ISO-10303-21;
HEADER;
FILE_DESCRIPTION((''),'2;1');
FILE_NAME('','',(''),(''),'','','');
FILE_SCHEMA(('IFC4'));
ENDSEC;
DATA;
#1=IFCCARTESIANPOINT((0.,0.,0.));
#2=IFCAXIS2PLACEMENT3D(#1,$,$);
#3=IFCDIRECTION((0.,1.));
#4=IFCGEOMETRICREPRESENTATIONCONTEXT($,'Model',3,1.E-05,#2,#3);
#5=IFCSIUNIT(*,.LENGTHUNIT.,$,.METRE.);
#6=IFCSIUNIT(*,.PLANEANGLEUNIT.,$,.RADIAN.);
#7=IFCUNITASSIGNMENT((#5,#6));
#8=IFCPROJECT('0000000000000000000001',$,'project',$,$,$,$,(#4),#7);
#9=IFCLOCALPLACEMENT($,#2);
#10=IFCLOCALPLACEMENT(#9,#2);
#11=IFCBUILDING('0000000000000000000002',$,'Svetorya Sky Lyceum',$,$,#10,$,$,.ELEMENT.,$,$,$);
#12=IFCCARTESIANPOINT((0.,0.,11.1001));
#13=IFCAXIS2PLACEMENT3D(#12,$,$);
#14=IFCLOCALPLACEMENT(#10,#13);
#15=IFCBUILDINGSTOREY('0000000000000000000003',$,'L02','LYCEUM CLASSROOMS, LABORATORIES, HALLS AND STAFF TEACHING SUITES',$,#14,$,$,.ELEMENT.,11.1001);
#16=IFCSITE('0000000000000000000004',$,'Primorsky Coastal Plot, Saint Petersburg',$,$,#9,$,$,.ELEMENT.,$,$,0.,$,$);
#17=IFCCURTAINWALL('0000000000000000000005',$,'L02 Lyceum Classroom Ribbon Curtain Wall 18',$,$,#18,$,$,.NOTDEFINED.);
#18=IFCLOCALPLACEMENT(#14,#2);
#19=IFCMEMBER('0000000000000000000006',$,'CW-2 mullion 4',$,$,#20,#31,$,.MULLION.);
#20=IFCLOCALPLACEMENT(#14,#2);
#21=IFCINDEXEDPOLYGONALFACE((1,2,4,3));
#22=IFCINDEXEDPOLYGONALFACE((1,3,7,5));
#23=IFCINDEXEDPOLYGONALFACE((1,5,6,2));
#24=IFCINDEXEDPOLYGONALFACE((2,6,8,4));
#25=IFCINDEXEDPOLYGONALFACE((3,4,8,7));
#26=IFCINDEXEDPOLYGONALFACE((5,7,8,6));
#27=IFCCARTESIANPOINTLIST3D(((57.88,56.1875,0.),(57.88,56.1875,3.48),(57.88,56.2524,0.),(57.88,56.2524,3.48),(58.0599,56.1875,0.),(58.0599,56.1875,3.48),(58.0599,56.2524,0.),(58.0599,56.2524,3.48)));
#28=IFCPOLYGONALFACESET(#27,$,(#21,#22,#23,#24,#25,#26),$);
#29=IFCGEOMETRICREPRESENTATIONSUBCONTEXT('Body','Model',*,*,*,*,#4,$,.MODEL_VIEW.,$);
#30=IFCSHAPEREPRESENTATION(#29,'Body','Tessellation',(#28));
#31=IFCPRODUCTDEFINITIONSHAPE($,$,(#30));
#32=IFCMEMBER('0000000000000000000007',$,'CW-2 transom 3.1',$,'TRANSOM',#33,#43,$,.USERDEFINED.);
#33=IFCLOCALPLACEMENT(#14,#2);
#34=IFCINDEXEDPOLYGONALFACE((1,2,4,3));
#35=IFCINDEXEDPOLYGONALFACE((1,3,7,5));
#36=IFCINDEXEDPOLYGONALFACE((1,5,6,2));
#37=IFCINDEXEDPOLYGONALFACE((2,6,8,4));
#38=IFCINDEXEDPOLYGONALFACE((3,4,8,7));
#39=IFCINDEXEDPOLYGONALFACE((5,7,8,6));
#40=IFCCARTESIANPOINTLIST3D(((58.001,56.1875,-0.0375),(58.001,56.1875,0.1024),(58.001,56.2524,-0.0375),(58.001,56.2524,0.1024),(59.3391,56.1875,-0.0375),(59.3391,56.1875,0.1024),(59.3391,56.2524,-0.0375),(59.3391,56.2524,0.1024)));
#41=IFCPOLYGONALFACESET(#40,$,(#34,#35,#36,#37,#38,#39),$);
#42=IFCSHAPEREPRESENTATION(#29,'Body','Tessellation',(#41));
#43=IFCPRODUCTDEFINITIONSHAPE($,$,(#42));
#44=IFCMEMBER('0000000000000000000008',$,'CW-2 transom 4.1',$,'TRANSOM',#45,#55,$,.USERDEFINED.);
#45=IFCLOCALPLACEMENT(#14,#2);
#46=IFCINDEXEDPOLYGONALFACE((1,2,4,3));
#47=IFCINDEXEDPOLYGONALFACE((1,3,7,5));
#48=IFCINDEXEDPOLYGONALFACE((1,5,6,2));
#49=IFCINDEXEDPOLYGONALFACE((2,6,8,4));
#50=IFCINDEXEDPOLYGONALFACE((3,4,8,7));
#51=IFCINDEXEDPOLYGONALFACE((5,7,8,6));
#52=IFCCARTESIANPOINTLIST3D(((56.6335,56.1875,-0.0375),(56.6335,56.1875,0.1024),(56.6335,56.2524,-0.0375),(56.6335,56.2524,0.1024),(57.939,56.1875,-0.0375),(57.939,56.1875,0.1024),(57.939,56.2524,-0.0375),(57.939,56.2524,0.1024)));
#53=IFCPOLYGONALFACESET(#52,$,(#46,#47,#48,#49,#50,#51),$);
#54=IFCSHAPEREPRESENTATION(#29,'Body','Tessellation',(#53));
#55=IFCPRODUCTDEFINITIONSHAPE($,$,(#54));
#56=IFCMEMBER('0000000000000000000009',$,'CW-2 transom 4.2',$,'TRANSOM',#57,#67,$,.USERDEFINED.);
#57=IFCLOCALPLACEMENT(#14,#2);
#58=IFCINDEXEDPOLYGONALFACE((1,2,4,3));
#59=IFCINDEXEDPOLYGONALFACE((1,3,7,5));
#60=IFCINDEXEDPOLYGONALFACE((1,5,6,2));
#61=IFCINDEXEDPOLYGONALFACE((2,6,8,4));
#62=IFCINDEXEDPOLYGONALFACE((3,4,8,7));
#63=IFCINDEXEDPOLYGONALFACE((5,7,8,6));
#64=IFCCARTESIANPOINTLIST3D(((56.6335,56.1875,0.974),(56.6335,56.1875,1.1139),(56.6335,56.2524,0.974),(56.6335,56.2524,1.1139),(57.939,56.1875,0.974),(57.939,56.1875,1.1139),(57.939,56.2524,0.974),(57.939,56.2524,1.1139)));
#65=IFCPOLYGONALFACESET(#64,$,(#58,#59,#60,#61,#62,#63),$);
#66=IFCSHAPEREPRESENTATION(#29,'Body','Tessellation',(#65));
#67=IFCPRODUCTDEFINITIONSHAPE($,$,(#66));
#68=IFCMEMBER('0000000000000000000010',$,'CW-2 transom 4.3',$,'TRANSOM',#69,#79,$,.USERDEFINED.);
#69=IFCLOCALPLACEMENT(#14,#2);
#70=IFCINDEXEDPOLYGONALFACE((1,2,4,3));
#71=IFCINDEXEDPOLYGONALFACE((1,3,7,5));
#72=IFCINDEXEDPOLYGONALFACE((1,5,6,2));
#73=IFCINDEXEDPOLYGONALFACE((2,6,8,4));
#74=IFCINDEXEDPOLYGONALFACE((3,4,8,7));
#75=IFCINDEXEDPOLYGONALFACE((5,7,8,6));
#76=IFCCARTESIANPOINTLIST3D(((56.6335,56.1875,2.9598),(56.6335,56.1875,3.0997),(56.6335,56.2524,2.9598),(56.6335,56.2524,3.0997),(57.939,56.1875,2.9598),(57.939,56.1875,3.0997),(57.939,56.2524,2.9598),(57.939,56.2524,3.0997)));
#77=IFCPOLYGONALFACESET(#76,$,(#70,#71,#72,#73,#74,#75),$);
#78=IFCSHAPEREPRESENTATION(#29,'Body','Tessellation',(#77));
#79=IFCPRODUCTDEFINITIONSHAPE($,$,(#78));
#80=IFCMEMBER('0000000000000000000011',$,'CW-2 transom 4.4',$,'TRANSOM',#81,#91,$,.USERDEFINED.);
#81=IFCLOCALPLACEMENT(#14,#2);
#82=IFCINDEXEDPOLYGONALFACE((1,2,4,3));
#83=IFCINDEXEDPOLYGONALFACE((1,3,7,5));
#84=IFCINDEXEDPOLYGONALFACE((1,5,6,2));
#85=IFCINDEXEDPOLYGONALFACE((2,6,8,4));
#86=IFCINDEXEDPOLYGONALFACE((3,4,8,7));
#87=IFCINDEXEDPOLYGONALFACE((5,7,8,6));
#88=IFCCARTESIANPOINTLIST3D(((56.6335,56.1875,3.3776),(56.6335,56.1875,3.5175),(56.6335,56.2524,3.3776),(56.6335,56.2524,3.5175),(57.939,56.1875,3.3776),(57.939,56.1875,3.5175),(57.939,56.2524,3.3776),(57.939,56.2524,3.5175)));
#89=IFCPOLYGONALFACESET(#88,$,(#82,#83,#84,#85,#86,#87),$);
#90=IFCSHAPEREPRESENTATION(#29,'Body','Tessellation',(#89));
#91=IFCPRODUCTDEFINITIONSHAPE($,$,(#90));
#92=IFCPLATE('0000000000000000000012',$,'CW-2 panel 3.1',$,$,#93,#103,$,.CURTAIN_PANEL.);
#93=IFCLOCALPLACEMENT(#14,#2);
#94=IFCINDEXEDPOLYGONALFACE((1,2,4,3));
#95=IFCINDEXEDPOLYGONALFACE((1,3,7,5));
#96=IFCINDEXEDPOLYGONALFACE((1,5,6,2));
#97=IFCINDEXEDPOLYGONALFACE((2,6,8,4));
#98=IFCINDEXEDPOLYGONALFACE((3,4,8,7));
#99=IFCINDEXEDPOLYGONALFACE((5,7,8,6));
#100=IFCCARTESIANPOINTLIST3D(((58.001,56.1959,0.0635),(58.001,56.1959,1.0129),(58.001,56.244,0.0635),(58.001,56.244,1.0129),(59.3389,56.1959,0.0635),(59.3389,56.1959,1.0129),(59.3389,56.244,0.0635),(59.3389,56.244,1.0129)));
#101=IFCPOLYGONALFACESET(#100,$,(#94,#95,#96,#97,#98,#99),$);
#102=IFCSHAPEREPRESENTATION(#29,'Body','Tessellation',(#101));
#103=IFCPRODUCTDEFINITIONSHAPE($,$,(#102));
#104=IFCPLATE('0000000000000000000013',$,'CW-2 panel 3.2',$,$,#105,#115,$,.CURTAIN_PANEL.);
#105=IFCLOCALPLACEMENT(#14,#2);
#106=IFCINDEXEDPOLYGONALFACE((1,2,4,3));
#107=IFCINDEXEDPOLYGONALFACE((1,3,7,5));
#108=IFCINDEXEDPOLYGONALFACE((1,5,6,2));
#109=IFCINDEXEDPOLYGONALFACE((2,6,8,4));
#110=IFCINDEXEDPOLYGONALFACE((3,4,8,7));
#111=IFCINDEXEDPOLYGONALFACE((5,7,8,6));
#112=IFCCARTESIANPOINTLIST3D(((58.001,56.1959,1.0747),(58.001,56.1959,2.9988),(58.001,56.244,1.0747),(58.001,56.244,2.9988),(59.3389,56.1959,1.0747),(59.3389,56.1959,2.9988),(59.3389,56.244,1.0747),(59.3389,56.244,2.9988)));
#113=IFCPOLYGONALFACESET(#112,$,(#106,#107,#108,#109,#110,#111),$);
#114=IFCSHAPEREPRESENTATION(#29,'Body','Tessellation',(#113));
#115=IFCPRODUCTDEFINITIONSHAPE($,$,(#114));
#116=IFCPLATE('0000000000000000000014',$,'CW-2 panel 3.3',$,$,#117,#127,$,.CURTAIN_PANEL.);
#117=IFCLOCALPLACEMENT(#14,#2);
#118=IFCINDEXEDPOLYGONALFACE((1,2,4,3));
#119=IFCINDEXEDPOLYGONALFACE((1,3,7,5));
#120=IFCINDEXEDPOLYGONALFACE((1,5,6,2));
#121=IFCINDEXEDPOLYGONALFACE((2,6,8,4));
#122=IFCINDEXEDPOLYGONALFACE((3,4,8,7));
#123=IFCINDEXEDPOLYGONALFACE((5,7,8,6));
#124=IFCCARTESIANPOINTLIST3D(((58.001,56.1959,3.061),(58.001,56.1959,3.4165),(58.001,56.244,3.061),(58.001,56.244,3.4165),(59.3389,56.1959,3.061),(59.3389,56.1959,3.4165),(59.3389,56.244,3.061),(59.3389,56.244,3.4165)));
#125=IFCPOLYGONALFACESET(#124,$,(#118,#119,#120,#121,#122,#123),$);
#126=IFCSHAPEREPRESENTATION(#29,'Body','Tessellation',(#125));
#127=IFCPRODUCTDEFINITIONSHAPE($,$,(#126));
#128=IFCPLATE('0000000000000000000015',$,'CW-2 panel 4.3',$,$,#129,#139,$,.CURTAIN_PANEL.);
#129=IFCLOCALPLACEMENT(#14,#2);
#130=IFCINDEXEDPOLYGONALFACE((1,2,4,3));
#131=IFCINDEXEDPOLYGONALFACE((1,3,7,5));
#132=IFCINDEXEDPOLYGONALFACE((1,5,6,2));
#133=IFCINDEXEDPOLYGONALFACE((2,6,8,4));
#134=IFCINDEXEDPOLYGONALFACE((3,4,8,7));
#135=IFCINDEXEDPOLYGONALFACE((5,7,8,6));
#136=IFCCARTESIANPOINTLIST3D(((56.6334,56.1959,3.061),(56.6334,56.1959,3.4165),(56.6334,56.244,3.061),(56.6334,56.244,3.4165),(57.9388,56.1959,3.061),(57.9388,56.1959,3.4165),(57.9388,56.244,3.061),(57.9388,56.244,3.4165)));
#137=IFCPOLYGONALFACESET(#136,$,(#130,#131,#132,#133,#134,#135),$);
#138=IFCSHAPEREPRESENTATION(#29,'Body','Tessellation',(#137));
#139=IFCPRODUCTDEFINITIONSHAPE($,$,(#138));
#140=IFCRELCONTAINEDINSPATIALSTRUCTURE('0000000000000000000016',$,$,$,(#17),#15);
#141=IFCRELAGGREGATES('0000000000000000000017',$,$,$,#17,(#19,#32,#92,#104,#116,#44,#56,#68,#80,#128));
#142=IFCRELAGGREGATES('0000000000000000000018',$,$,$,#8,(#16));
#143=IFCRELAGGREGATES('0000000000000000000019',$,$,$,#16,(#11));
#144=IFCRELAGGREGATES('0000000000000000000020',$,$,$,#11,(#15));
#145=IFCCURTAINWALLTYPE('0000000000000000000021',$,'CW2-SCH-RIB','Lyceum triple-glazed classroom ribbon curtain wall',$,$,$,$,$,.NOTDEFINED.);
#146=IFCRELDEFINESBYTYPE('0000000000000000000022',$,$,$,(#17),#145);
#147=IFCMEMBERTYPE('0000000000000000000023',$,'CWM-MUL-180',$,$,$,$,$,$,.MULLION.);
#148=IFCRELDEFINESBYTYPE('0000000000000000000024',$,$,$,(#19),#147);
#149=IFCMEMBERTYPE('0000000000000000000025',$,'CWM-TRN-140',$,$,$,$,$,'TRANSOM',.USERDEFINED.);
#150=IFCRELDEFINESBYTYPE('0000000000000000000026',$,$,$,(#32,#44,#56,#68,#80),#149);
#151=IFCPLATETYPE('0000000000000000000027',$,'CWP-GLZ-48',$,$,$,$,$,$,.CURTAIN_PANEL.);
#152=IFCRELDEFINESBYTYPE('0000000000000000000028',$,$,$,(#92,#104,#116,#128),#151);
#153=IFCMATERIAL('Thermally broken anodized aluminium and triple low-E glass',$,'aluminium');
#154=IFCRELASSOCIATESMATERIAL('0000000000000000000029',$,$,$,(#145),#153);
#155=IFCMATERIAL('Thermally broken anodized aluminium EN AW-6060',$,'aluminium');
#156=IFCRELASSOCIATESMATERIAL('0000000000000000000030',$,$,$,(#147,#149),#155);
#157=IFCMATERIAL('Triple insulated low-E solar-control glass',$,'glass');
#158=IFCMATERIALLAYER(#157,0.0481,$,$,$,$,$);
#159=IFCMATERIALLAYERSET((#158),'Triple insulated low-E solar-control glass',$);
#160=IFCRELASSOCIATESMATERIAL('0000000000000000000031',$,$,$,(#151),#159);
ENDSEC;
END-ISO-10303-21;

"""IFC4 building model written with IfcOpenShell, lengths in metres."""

from ifc_helpers import new_model, si_unit, direction, frame, origin, origin_2d, place, context, subcontext, project, spatial, rectangle, extrude, material, layer, layer_set, material_profile, profile_set, type_object, element, aggregate, save


model = new_model("IFC4")

# Units and contexts
model_context = context("Model", 3, precision=1e-05, world=origin(), true_north=direction((0.0, 1.0)))
body_context = subcontext(model_context, "Body", "Model", "MODEL_VIEW")
ifc_project = project(units=[si_unit("LENGTHUNIT", "METRE"), si_unit("PLANEANGLEUNIT", "RADIAN")], contexts=[model_context])

# Site, building, storey
site_placement = place(None, origin())
site = spatial("IfcSite", under=ifc_project, at=site_placement, Name="Primorsky Coastal Plot, Saint Petersburg", CompositionType="ELEMENT", RefElevation=0.0)
building_placement = place(site_placement, origin())
building = spatial("IfcBuilding", under=site, at=building_placement, Name="Svetorya Sky Lyceum", CompositionType="ELEMENT")
storey_placement = place(building_placement, frame((0.0, 0.0, 11.1001)))
storey = spatial("IfcBuildingStorey", under=building, at=storey_placement, Name="L02", Description="LYCEUM CLASSROOMS, LABORATORIES, HALLS AND STAFF TEACHING SUITES", CompositionType="ELEMENT", Elevation=11.1001)

# Curtain wall, members, plates
ifc_material_1 = material(Name="Thermally broken anodized aluminium and triple low-E glass", Category="aluminium")
curtain_wall_type = type_object("IfcCurtainWallType", Name="CW2-SCH-RIB", Description="Lyceum triple-glazed classroom ribbon curtain wall", PredefinedType="NOTDEFINED", material=ifc_material_1)
curtain_wall_placement = place(storey_placement, origin())
curtain_wall = element("IfcCurtainWall", 1, at=curtain_wall_placement, inside=storey, type_object=curtain_wall_type, Name="L02 Lyceum Classroom Ribbon Curtain Wall 18", PredefinedType="NOTDEFINED")
ifc_material_2 = material(Name="Thermally broken anodized aluminium EN AW-6060", Category="aluminium")
ifc_material_profile_1 = material_profile(ifc_material_2, rectangle(XDim=0.0649, YDim=0.1799, at=origin_2d()), Name="ALU MULLION 65x180")
ifc_profile_set_1 = profile_set([ifc_material_profile_1], Name="Thermally broken anodized aluminium EN AW-6060")
member_type_1 = type_object("IfcMemberType", Name="CWM-MUL-180", PredefinedType="MULLION", material=ifc_profile_set_1)
member_1_placement = place(storey_placement, frame((57.97, 56.22, 0.0), z_axis=(0.0, 0.0, 1.0), x_axis=(0.0, -1.0, 0.0)))
member_1 = element("IfcMember", 2, at=member_1_placement, type_object=member_type_1, Name="CW-2 mullion 4", PredefinedType="MULLION", context=body_context, shape_type="SweptSolid", body=[
    extrude(rectangle(XDim=0.0649, YDim=0.1799, at=origin_2d()), origin(), (0.0, 0.0, 1.0), 3.48),
])
ifc_material_profile_2 = material_profile(ifc_material_2, rectangle(XDim=0.0649, YDim=0.1399, at=origin_2d()), Name="ALU TRANSOM 65x140")
ifc_profile_set_2 = profile_set([ifc_material_profile_2], Name="Thermally broken anodized aluminium EN AW-6060")
member_type_2 = type_object("IfcMemberType", Name="CWM-TRN-140", ElementType="TRANSOM", PredefinedType="USERDEFINED", material=ifc_profile_set_2)
member_2_placement = place(storey_placement, frame((59.3391, 56.22, 0.0325), z_axis=(-1.0, 0.0, 0.0), x_axis=(0.0, -1.0, 0.0)))
member_2 = element("IfcMember", 3, at=member_2_placement, type_object=member_type_2, Name="CW-2 transom 3.1", ObjectType="TRANSOM", PredefinedType="USERDEFINED", context=body_context, shape_type="SweptSolid", body=[
    extrude(rectangle(XDim=0.0649, YDim=0.1399, at=origin_2d()), origin(), (0.0, 0.0, 1.0), 1.3381),
])
member_3_placement = place(storey_placement, frame((57.939, 56.22, 0.0325), z_axis=(-1.0, 0.0, 0.0), x_axis=(0.0, -1.0, 0.0)))
member_3 = element("IfcMember", 4, at=member_3_placement, type_object=member_type_2, Name="CW-2 transom 4.1", ObjectType="TRANSOM", PredefinedType="USERDEFINED", context=body_context, shape_type="SweptSolid", body=[
    extrude(rectangle(XDim=0.0649, YDim=0.1399, at=origin_2d()), origin(), (0.0, 0.0, 1.0), 1.3054),
])
member_4_placement = place(storey_placement, frame((57.939, 56.22, 1.0439), z_axis=(-1.0, 0.0, 0.0), x_axis=(0.0, -1.0, 0.0)))
member_4 = element("IfcMember", 5, at=member_4_placement, type_object=member_type_2, Name="CW-2 transom 4.2", ObjectType="TRANSOM", PredefinedType="USERDEFINED", context=body_context, shape_type="SweptSolid", body=[
    extrude(rectangle(XDim=0.0649, YDim=0.1399, at=origin_2d()), origin(), (0.0, 0.0, 1.0), 1.3054),
])
member_5_placement = place(storey_placement, frame((57.939, 56.22, 3.0298), z_axis=(-1.0, 0.0, 0.0), x_axis=(0.0, -1.0, 0.0)))
member_5 = element("IfcMember", 6, at=member_5_placement, type_object=member_type_2, Name="CW-2 transom 4.3", ObjectType="TRANSOM", PredefinedType="USERDEFINED", context=body_context, shape_type="SweptSolid", body=[
    extrude(rectangle(XDim=0.0649, YDim=0.1399, at=origin_2d()), origin(), (0.0, 0.0, 1.0), 1.3054),
])
member_6_placement = place(storey_placement, frame((57.939, 56.22, 3.4475), z_axis=(-1.0, 0.0, 0.0), x_axis=(0.0, -1.0, 0.0)))
member_6 = element("IfcMember", 7, at=member_6_placement, type_object=member_type_2, Name="CW-2 transom 4.4", ObjectType="TRANSOM", PredefinedType="USERDEFINED", context=body_context, shape_type="SweptSolid", body=[
    extrude(rectangle(XDim=0.0649, YDim=0.1399, at=origin_2d()), origin(), (0.0, 0.0, 1.0), 1.3054),
])
ifc_material_3 = material(Name="Triple insulated low-E solar-control glass", Category="glass")
ifc_layer = layer(ifc_material_3, 0.0481)
ifc_layer_set = layer_set([ifc_layer], Name="Triple insulated low-E solar-control glass")
plate_type = type_object("IfcPlateType", Name="CWP-GLZ-48", PredefinedType="CURTAIN_PANEL", material=ifc_layer_set)
plate_1_placement = place(storey_placement, frame((58.6699, 56.22, 0.0635), z_axis=(0.0, 0.0, 1.0), x_axis=(-1.0, 0.0, 0.0)))
plate_1 = element("IfcPlate", 8, at=plate_1_placement, type_object=plate_type, Name="CW-2 panel 3.1", PredefinedType="CURTAIN_PANEL", context=body_context, shape_type="SweptSolid", body=[
    extrude(rectangle(XDim=1.3379, YDim=0.0481, at=origin_2d()), origin(), (0.0, 0.0, 1.0), 0.9495),
])
plate_2_placement = place(storey_placement, frame((58.6699, 56.22, 1.0747), z_axis=(0.0, 0.0, 1.0), x_axis=(-1.0, 0.0, 0.0)))
plate_2 = element("IfcPlate", 9, at=plate_2_placement, type_object=plate_type, Name="CW-2 panel 3.2", PredefinedType="CURTAIN_PANEL", context=body_context, shape_type="SweptSolid", body=[
    extrude(rectangle(XDim=1.3379, YDim=0.0481, at=origin_2d()), origin(), (0.0, 0.0, 1.0), 1.9241),
])
plate_3_placement = place(storey_placement, frame((58.6699, 56.22, 3.061), z_axis=(0.0, 0.0, 1.0), x_axis=(-1.0, 0.0, 0.0)))
plate_3 = element("IfcPlate", 10, at=plate_3_placement, type_object=plate_type, Name="CW-2 panel 3.3", PredefinedType="CURTAIN_PANEL", context=body_context, shape_type="SweptSolid", body=[
    extrude(rectangle(XDim=1.3379, YDim=0.0481, at=origin_2d()), origin(), (0.0, 0.0, 1.0), 0.3555),
])
plate_4_placement = place(storey_placement, frame((57.2861, 56.22, 3.061), z_axis=(0.0, 0.0, 1.0), x_axis=(-1.0, 0.0, 0.0)))
plate_4 = element("IfcPlate", 11, at=plate_4_placement, type_object=plate_type, Name="CW-2 panel 4.3", PredefinedType="CURTAIN_PANEL", context=body_context, shape_type="SweptSolid", body=[
    extrude(rectangle(XDim=1.3054, YDim=0.0481, at=origin_2d()), origin(), (0.0, 0.0, 1.0), 0.3555),
])
aggregate(curtain_wall, [member_1, member_2, plate_1, plate_2, plate_3, member_3, member_4, member_5, member_6, plate_4])

save(model, "model.ifc")
